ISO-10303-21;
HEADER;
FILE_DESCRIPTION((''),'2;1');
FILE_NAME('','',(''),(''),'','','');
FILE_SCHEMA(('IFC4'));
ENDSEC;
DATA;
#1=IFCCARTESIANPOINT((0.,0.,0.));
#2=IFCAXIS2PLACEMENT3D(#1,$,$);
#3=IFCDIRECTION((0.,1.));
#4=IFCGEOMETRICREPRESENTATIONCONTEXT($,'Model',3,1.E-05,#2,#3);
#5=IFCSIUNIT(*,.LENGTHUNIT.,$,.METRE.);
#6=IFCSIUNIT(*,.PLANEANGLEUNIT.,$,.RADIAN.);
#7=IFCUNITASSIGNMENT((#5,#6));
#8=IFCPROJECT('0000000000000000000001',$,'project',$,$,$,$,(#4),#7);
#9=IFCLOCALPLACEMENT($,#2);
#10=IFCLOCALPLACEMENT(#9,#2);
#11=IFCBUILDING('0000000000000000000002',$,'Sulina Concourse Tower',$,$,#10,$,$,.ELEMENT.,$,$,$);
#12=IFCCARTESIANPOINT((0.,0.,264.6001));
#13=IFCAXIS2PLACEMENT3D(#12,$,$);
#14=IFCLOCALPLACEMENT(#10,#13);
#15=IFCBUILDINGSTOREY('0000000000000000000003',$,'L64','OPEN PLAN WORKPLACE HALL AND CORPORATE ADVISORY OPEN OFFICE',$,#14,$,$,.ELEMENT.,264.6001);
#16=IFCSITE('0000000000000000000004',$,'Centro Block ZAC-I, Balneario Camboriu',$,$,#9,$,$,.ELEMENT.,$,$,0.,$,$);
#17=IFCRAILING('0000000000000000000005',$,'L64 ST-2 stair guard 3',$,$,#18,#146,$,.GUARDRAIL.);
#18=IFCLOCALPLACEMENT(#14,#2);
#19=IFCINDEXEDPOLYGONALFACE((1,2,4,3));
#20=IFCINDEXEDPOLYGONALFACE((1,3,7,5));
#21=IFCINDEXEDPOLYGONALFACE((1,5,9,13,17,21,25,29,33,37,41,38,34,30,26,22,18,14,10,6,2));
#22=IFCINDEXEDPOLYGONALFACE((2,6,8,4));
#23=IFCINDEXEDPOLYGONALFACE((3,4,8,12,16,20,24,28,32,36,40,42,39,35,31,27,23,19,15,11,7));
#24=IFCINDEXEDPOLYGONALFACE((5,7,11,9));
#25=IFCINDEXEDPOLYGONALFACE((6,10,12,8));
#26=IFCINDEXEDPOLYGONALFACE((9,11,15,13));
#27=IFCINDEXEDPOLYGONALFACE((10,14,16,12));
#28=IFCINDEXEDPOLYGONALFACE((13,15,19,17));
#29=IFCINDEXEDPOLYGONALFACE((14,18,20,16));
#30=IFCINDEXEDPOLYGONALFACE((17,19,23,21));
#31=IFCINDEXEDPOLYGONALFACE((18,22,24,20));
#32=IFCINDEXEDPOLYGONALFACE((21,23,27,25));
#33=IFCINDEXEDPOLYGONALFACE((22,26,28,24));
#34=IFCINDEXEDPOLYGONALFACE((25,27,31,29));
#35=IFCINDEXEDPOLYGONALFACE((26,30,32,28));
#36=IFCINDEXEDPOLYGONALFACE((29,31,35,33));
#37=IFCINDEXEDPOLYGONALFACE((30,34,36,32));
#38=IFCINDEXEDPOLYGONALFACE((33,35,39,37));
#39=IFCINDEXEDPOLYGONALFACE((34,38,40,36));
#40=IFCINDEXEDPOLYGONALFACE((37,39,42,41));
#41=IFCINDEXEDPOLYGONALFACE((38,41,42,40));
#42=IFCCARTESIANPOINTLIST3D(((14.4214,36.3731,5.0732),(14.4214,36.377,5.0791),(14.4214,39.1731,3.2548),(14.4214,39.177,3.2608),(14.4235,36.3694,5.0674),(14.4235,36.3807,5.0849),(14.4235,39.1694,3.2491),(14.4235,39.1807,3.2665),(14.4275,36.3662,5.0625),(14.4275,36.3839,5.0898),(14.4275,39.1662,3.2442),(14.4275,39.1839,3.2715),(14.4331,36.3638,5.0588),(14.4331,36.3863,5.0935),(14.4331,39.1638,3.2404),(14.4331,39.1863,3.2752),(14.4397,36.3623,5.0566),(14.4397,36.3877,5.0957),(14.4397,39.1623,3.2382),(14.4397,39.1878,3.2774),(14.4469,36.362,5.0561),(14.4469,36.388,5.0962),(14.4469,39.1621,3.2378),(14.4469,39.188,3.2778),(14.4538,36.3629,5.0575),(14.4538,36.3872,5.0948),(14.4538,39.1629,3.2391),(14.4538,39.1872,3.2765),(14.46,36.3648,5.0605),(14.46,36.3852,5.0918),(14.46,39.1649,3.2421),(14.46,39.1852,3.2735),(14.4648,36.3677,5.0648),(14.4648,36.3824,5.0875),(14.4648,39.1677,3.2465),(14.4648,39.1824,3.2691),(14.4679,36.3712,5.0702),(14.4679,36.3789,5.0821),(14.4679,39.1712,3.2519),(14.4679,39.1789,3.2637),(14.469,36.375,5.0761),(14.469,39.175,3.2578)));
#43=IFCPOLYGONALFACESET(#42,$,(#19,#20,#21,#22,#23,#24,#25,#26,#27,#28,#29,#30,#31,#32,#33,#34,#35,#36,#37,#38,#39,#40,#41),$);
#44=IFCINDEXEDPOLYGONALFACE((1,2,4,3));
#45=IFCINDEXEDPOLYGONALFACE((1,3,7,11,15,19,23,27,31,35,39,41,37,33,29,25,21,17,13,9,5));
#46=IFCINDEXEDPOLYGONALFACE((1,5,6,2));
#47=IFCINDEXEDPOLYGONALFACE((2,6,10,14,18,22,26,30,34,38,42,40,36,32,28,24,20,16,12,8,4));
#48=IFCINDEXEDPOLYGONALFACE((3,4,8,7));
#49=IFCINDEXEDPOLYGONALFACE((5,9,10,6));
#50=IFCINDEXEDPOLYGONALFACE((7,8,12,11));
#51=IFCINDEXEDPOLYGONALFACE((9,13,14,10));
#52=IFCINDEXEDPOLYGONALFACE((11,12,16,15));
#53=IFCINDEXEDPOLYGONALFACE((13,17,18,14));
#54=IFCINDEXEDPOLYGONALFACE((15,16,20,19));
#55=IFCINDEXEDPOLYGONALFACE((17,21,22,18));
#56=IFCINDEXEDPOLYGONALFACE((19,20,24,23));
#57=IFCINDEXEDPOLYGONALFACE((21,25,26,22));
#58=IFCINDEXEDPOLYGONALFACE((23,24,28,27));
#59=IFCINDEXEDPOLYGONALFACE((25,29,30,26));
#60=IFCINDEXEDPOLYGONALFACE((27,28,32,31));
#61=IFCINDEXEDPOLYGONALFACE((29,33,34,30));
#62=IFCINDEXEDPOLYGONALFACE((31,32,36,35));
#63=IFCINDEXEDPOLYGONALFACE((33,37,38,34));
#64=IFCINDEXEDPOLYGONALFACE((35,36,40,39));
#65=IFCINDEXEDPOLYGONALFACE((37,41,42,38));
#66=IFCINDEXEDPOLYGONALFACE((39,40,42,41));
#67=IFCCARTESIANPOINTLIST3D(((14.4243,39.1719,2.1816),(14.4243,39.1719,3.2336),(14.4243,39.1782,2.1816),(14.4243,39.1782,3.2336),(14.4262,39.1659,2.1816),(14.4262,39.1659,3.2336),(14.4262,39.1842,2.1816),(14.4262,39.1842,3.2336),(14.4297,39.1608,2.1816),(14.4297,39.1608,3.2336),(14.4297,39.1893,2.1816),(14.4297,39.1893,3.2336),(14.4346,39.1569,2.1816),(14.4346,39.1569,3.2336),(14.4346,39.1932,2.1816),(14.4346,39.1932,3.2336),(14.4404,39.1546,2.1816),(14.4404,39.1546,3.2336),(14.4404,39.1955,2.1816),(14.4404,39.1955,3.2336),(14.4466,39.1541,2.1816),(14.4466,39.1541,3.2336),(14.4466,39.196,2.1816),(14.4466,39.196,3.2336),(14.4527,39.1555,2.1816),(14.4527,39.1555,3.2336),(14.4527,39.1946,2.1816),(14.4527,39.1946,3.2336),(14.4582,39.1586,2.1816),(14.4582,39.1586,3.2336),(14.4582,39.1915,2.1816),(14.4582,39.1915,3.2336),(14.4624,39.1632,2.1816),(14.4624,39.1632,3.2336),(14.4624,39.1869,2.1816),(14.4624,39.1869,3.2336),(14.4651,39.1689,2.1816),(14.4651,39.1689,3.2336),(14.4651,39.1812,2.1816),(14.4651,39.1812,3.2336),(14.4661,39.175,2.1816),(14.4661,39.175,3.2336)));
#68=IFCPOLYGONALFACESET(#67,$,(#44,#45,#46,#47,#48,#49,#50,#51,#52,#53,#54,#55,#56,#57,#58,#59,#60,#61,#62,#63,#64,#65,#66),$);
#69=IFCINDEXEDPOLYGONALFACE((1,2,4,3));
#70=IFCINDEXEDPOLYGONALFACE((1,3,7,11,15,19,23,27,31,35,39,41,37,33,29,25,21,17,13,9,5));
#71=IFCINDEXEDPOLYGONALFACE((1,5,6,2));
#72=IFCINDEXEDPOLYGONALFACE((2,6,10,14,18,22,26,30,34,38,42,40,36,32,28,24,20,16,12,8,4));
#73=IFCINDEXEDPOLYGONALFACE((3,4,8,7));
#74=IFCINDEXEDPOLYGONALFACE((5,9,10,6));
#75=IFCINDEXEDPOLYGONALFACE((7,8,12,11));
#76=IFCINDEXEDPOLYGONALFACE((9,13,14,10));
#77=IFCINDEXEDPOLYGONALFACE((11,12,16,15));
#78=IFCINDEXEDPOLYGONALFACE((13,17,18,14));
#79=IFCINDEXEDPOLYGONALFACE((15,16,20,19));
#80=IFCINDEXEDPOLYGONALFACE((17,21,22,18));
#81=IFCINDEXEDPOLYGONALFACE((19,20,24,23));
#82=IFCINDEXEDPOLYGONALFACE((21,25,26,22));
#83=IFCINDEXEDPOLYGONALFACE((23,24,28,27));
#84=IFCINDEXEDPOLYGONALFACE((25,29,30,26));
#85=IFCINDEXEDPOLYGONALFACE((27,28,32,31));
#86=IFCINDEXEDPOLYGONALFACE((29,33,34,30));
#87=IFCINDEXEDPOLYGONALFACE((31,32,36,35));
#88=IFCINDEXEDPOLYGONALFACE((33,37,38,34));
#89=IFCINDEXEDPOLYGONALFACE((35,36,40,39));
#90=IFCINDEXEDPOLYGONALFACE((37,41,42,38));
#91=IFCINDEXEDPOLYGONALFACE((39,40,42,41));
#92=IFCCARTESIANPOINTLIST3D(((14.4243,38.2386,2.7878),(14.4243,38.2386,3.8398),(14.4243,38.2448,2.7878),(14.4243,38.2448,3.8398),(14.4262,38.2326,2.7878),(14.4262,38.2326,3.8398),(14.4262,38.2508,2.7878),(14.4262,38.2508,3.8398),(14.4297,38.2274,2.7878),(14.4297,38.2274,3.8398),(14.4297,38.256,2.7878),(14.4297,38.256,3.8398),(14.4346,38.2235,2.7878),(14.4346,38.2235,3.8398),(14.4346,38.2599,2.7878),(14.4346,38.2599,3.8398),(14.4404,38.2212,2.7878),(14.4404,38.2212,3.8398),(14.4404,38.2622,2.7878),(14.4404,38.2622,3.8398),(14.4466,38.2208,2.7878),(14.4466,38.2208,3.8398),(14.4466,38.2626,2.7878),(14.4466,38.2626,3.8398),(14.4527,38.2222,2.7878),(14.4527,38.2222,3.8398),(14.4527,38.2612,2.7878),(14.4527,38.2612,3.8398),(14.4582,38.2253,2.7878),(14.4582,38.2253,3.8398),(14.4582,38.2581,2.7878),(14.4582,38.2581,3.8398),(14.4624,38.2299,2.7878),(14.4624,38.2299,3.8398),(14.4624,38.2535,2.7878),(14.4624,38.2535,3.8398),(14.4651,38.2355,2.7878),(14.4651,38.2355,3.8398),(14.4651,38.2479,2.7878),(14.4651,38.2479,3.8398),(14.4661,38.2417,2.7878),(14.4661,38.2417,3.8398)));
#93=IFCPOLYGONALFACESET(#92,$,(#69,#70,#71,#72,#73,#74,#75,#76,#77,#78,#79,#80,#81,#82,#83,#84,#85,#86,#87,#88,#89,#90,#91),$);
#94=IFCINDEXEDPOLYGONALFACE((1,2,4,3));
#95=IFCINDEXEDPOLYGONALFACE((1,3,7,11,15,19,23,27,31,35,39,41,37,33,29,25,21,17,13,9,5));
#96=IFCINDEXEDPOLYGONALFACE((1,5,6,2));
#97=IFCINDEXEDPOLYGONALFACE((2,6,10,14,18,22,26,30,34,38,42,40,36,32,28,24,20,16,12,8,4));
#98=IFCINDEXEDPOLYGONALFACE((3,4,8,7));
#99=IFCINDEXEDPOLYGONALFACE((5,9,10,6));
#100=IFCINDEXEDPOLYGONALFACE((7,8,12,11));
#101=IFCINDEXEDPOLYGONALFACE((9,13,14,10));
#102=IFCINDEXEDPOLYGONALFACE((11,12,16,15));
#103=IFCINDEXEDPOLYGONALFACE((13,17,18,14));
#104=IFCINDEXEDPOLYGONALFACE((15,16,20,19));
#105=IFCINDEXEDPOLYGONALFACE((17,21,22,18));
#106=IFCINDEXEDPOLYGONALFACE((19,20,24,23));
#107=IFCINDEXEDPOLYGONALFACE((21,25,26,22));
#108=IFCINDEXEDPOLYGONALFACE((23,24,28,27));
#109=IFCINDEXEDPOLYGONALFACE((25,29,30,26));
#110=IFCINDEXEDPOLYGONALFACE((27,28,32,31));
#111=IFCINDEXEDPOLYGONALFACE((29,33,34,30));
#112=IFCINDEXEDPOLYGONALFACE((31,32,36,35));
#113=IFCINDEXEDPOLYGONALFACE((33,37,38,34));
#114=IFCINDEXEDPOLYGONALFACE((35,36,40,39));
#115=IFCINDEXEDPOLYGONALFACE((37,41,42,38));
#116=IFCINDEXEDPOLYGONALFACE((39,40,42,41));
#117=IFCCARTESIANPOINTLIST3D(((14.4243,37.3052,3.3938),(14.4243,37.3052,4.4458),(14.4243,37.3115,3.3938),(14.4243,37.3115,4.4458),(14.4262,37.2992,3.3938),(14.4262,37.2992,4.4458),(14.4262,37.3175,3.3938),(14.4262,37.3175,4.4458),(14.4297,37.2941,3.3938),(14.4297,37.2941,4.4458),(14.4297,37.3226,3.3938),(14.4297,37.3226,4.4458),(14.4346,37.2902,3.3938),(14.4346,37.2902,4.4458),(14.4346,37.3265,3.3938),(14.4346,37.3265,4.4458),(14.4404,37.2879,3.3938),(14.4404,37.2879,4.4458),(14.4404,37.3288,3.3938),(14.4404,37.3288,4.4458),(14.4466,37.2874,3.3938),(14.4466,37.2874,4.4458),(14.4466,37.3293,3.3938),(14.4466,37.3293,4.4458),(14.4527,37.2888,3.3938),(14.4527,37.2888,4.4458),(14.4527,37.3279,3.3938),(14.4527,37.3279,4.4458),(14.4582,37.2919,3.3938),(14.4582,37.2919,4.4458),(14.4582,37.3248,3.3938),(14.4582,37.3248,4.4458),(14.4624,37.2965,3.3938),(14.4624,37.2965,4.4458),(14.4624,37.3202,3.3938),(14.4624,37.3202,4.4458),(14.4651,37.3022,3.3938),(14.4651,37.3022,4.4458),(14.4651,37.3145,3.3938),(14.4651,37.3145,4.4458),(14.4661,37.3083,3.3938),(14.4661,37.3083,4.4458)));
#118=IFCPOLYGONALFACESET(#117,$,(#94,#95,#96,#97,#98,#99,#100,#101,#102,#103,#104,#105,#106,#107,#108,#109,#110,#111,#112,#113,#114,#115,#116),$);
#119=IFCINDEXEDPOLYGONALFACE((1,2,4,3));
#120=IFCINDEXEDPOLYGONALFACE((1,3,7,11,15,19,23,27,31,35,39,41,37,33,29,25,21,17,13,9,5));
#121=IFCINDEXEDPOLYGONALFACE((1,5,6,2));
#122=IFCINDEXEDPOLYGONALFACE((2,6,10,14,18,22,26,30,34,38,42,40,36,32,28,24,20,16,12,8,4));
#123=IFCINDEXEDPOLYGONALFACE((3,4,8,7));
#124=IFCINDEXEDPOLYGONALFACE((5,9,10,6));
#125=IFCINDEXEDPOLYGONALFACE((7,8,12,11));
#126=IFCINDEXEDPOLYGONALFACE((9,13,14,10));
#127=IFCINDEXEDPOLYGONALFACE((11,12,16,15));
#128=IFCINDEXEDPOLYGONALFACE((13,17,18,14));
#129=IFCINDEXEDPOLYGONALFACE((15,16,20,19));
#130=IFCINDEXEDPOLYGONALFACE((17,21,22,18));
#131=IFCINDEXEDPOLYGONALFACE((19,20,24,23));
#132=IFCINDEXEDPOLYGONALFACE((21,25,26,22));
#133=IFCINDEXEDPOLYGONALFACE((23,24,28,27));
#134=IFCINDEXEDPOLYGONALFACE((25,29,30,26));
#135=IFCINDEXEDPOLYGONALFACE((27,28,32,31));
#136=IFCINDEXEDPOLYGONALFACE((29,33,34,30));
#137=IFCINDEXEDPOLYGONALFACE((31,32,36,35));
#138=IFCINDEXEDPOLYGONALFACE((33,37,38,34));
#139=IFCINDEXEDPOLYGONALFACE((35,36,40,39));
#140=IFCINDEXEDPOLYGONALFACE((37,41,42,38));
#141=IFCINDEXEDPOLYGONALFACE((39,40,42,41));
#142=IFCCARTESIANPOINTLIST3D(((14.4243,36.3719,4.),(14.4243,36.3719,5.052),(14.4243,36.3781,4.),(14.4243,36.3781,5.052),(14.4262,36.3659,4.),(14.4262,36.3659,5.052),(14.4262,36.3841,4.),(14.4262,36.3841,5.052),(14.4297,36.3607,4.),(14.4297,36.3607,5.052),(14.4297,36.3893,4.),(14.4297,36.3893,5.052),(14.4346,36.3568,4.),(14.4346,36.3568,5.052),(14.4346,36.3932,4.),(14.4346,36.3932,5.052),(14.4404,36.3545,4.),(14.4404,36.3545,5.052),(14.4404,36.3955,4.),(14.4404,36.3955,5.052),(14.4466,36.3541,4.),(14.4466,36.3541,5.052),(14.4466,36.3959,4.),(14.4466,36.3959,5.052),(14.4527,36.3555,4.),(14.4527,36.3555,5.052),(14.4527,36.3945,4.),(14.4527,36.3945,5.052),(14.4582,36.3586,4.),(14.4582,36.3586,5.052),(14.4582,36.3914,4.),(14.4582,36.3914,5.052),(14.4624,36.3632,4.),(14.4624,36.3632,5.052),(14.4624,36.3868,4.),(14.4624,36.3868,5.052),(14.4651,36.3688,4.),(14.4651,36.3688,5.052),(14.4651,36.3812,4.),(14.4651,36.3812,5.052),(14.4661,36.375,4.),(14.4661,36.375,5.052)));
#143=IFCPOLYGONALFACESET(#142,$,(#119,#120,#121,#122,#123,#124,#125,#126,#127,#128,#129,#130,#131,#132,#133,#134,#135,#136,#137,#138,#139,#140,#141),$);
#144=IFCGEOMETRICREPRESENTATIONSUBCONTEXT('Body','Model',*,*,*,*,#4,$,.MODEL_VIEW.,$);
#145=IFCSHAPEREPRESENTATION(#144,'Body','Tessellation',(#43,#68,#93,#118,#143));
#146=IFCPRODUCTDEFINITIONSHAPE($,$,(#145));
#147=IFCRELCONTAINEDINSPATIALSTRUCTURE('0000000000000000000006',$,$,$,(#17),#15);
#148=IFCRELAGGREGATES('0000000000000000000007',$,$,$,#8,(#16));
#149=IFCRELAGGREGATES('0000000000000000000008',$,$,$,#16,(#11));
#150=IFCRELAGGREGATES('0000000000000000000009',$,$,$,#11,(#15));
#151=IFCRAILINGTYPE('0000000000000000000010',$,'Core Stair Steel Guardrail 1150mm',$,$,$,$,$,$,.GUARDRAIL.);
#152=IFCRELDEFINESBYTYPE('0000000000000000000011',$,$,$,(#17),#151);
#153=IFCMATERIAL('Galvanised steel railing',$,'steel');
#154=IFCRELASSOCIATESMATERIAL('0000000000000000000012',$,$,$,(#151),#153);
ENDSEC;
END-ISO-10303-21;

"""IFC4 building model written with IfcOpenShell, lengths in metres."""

from ifc_helpers import new_model, si_unit, direction, frame, origin, origin_2d, place, context, subcontext, project, spatial, circle, extrude, material, type_object, element, save


model = new_model("IFC4")

# Units and contexts
model_context = context("Model", 3, precision=1e-05, world=origin(), true_north=direction((0.0, 1.0)))
body_context = subcontext(model_context, "Body", "Model", "MODEL_VIEW")
ifc_project = project(units=[si_unit("LENGTHUNIT", "METRE"), si_unit("PLANEANGLEUNIT", "RADIAN")], contexts=[model_context])

# Site, building, storey
site_placement = place(None, origin())
site = spatial("IfcSite", under=ifc_project, at=site_placement, Name="Centro Block ZAC-I, Balneario Camboriu", CompositionType="ELEMENT", RefElevation=0.0)
building_placement = place(site_placement, origin())
building = spatial("IfcBuilding", under=site, at=building_placement, Name="Sulina Concourse Tower", CompositionType="ELEMENT")
storey_placement = place(building_placement, frame((0.0, 0.0, 264.6001)))
storey = spatial("IfcBuildingStorey", under=building, at=storey_placement, Name="L64", Description="OPEN PLAN WORKPLACE HALL AND CORPORATE ADVISORY OPEN OFFICE", CompositionType="ELEMENT", Elevation=264.6001)

# Railing
ifc_material_1 = material(Name="Galvanised steel railing", Category="steel")
railing_type_1 = type_object("IfcRailingType", Name="Core Stair Steel Guardrail 1150mm", PredefinedType="GUARDRAIL", material=ifc_material_1)
railing_1_placement = place(storey_placement, frame((14.4451, 39.175, 2.1816)))
element("IfcRailing", 1, at=railing_1_placement, inside=storey, type_object=railing_type_1, Name="L64 ST-2 stair guard 3", PredefinedType="GUARDRAIL", context=body_context, shape_type="SweptSolid", body=[
    extrude(circle(Radius=0.0239, at=origin_2d()), frame((0.0, 0.0, 1.0762), z_axis=(0.0, -0.838672, 0.544636), x_axis=(1.0, 0.0, 0.0)), (0.0, 0.0, 1.0), 3.3386),
    extrude(circle(Radius=0.021, at=origin_2d()), origin(), (0.0, 0.0, 1.0), 1.052),
    extrude(circle(Radius=0.021, at=origin_2d()), frame((0.0, -0.9333, 0.6062)), (0.0, 0.0, 1.0), 1.052),
    extrude(circle(Radius=0.021, at=origin_2d()), frame((0.0, -1.8667, 1.2122)), (0.0, 0.0, 1.0), 1.052),
    extrude(circle(Radius=0.021, at=origin_2d()), frame((0.0, -2.8, 1.8184)), (0.0, 0.0, 1.0), 1.052),
])

save(model, "model.ifc")
